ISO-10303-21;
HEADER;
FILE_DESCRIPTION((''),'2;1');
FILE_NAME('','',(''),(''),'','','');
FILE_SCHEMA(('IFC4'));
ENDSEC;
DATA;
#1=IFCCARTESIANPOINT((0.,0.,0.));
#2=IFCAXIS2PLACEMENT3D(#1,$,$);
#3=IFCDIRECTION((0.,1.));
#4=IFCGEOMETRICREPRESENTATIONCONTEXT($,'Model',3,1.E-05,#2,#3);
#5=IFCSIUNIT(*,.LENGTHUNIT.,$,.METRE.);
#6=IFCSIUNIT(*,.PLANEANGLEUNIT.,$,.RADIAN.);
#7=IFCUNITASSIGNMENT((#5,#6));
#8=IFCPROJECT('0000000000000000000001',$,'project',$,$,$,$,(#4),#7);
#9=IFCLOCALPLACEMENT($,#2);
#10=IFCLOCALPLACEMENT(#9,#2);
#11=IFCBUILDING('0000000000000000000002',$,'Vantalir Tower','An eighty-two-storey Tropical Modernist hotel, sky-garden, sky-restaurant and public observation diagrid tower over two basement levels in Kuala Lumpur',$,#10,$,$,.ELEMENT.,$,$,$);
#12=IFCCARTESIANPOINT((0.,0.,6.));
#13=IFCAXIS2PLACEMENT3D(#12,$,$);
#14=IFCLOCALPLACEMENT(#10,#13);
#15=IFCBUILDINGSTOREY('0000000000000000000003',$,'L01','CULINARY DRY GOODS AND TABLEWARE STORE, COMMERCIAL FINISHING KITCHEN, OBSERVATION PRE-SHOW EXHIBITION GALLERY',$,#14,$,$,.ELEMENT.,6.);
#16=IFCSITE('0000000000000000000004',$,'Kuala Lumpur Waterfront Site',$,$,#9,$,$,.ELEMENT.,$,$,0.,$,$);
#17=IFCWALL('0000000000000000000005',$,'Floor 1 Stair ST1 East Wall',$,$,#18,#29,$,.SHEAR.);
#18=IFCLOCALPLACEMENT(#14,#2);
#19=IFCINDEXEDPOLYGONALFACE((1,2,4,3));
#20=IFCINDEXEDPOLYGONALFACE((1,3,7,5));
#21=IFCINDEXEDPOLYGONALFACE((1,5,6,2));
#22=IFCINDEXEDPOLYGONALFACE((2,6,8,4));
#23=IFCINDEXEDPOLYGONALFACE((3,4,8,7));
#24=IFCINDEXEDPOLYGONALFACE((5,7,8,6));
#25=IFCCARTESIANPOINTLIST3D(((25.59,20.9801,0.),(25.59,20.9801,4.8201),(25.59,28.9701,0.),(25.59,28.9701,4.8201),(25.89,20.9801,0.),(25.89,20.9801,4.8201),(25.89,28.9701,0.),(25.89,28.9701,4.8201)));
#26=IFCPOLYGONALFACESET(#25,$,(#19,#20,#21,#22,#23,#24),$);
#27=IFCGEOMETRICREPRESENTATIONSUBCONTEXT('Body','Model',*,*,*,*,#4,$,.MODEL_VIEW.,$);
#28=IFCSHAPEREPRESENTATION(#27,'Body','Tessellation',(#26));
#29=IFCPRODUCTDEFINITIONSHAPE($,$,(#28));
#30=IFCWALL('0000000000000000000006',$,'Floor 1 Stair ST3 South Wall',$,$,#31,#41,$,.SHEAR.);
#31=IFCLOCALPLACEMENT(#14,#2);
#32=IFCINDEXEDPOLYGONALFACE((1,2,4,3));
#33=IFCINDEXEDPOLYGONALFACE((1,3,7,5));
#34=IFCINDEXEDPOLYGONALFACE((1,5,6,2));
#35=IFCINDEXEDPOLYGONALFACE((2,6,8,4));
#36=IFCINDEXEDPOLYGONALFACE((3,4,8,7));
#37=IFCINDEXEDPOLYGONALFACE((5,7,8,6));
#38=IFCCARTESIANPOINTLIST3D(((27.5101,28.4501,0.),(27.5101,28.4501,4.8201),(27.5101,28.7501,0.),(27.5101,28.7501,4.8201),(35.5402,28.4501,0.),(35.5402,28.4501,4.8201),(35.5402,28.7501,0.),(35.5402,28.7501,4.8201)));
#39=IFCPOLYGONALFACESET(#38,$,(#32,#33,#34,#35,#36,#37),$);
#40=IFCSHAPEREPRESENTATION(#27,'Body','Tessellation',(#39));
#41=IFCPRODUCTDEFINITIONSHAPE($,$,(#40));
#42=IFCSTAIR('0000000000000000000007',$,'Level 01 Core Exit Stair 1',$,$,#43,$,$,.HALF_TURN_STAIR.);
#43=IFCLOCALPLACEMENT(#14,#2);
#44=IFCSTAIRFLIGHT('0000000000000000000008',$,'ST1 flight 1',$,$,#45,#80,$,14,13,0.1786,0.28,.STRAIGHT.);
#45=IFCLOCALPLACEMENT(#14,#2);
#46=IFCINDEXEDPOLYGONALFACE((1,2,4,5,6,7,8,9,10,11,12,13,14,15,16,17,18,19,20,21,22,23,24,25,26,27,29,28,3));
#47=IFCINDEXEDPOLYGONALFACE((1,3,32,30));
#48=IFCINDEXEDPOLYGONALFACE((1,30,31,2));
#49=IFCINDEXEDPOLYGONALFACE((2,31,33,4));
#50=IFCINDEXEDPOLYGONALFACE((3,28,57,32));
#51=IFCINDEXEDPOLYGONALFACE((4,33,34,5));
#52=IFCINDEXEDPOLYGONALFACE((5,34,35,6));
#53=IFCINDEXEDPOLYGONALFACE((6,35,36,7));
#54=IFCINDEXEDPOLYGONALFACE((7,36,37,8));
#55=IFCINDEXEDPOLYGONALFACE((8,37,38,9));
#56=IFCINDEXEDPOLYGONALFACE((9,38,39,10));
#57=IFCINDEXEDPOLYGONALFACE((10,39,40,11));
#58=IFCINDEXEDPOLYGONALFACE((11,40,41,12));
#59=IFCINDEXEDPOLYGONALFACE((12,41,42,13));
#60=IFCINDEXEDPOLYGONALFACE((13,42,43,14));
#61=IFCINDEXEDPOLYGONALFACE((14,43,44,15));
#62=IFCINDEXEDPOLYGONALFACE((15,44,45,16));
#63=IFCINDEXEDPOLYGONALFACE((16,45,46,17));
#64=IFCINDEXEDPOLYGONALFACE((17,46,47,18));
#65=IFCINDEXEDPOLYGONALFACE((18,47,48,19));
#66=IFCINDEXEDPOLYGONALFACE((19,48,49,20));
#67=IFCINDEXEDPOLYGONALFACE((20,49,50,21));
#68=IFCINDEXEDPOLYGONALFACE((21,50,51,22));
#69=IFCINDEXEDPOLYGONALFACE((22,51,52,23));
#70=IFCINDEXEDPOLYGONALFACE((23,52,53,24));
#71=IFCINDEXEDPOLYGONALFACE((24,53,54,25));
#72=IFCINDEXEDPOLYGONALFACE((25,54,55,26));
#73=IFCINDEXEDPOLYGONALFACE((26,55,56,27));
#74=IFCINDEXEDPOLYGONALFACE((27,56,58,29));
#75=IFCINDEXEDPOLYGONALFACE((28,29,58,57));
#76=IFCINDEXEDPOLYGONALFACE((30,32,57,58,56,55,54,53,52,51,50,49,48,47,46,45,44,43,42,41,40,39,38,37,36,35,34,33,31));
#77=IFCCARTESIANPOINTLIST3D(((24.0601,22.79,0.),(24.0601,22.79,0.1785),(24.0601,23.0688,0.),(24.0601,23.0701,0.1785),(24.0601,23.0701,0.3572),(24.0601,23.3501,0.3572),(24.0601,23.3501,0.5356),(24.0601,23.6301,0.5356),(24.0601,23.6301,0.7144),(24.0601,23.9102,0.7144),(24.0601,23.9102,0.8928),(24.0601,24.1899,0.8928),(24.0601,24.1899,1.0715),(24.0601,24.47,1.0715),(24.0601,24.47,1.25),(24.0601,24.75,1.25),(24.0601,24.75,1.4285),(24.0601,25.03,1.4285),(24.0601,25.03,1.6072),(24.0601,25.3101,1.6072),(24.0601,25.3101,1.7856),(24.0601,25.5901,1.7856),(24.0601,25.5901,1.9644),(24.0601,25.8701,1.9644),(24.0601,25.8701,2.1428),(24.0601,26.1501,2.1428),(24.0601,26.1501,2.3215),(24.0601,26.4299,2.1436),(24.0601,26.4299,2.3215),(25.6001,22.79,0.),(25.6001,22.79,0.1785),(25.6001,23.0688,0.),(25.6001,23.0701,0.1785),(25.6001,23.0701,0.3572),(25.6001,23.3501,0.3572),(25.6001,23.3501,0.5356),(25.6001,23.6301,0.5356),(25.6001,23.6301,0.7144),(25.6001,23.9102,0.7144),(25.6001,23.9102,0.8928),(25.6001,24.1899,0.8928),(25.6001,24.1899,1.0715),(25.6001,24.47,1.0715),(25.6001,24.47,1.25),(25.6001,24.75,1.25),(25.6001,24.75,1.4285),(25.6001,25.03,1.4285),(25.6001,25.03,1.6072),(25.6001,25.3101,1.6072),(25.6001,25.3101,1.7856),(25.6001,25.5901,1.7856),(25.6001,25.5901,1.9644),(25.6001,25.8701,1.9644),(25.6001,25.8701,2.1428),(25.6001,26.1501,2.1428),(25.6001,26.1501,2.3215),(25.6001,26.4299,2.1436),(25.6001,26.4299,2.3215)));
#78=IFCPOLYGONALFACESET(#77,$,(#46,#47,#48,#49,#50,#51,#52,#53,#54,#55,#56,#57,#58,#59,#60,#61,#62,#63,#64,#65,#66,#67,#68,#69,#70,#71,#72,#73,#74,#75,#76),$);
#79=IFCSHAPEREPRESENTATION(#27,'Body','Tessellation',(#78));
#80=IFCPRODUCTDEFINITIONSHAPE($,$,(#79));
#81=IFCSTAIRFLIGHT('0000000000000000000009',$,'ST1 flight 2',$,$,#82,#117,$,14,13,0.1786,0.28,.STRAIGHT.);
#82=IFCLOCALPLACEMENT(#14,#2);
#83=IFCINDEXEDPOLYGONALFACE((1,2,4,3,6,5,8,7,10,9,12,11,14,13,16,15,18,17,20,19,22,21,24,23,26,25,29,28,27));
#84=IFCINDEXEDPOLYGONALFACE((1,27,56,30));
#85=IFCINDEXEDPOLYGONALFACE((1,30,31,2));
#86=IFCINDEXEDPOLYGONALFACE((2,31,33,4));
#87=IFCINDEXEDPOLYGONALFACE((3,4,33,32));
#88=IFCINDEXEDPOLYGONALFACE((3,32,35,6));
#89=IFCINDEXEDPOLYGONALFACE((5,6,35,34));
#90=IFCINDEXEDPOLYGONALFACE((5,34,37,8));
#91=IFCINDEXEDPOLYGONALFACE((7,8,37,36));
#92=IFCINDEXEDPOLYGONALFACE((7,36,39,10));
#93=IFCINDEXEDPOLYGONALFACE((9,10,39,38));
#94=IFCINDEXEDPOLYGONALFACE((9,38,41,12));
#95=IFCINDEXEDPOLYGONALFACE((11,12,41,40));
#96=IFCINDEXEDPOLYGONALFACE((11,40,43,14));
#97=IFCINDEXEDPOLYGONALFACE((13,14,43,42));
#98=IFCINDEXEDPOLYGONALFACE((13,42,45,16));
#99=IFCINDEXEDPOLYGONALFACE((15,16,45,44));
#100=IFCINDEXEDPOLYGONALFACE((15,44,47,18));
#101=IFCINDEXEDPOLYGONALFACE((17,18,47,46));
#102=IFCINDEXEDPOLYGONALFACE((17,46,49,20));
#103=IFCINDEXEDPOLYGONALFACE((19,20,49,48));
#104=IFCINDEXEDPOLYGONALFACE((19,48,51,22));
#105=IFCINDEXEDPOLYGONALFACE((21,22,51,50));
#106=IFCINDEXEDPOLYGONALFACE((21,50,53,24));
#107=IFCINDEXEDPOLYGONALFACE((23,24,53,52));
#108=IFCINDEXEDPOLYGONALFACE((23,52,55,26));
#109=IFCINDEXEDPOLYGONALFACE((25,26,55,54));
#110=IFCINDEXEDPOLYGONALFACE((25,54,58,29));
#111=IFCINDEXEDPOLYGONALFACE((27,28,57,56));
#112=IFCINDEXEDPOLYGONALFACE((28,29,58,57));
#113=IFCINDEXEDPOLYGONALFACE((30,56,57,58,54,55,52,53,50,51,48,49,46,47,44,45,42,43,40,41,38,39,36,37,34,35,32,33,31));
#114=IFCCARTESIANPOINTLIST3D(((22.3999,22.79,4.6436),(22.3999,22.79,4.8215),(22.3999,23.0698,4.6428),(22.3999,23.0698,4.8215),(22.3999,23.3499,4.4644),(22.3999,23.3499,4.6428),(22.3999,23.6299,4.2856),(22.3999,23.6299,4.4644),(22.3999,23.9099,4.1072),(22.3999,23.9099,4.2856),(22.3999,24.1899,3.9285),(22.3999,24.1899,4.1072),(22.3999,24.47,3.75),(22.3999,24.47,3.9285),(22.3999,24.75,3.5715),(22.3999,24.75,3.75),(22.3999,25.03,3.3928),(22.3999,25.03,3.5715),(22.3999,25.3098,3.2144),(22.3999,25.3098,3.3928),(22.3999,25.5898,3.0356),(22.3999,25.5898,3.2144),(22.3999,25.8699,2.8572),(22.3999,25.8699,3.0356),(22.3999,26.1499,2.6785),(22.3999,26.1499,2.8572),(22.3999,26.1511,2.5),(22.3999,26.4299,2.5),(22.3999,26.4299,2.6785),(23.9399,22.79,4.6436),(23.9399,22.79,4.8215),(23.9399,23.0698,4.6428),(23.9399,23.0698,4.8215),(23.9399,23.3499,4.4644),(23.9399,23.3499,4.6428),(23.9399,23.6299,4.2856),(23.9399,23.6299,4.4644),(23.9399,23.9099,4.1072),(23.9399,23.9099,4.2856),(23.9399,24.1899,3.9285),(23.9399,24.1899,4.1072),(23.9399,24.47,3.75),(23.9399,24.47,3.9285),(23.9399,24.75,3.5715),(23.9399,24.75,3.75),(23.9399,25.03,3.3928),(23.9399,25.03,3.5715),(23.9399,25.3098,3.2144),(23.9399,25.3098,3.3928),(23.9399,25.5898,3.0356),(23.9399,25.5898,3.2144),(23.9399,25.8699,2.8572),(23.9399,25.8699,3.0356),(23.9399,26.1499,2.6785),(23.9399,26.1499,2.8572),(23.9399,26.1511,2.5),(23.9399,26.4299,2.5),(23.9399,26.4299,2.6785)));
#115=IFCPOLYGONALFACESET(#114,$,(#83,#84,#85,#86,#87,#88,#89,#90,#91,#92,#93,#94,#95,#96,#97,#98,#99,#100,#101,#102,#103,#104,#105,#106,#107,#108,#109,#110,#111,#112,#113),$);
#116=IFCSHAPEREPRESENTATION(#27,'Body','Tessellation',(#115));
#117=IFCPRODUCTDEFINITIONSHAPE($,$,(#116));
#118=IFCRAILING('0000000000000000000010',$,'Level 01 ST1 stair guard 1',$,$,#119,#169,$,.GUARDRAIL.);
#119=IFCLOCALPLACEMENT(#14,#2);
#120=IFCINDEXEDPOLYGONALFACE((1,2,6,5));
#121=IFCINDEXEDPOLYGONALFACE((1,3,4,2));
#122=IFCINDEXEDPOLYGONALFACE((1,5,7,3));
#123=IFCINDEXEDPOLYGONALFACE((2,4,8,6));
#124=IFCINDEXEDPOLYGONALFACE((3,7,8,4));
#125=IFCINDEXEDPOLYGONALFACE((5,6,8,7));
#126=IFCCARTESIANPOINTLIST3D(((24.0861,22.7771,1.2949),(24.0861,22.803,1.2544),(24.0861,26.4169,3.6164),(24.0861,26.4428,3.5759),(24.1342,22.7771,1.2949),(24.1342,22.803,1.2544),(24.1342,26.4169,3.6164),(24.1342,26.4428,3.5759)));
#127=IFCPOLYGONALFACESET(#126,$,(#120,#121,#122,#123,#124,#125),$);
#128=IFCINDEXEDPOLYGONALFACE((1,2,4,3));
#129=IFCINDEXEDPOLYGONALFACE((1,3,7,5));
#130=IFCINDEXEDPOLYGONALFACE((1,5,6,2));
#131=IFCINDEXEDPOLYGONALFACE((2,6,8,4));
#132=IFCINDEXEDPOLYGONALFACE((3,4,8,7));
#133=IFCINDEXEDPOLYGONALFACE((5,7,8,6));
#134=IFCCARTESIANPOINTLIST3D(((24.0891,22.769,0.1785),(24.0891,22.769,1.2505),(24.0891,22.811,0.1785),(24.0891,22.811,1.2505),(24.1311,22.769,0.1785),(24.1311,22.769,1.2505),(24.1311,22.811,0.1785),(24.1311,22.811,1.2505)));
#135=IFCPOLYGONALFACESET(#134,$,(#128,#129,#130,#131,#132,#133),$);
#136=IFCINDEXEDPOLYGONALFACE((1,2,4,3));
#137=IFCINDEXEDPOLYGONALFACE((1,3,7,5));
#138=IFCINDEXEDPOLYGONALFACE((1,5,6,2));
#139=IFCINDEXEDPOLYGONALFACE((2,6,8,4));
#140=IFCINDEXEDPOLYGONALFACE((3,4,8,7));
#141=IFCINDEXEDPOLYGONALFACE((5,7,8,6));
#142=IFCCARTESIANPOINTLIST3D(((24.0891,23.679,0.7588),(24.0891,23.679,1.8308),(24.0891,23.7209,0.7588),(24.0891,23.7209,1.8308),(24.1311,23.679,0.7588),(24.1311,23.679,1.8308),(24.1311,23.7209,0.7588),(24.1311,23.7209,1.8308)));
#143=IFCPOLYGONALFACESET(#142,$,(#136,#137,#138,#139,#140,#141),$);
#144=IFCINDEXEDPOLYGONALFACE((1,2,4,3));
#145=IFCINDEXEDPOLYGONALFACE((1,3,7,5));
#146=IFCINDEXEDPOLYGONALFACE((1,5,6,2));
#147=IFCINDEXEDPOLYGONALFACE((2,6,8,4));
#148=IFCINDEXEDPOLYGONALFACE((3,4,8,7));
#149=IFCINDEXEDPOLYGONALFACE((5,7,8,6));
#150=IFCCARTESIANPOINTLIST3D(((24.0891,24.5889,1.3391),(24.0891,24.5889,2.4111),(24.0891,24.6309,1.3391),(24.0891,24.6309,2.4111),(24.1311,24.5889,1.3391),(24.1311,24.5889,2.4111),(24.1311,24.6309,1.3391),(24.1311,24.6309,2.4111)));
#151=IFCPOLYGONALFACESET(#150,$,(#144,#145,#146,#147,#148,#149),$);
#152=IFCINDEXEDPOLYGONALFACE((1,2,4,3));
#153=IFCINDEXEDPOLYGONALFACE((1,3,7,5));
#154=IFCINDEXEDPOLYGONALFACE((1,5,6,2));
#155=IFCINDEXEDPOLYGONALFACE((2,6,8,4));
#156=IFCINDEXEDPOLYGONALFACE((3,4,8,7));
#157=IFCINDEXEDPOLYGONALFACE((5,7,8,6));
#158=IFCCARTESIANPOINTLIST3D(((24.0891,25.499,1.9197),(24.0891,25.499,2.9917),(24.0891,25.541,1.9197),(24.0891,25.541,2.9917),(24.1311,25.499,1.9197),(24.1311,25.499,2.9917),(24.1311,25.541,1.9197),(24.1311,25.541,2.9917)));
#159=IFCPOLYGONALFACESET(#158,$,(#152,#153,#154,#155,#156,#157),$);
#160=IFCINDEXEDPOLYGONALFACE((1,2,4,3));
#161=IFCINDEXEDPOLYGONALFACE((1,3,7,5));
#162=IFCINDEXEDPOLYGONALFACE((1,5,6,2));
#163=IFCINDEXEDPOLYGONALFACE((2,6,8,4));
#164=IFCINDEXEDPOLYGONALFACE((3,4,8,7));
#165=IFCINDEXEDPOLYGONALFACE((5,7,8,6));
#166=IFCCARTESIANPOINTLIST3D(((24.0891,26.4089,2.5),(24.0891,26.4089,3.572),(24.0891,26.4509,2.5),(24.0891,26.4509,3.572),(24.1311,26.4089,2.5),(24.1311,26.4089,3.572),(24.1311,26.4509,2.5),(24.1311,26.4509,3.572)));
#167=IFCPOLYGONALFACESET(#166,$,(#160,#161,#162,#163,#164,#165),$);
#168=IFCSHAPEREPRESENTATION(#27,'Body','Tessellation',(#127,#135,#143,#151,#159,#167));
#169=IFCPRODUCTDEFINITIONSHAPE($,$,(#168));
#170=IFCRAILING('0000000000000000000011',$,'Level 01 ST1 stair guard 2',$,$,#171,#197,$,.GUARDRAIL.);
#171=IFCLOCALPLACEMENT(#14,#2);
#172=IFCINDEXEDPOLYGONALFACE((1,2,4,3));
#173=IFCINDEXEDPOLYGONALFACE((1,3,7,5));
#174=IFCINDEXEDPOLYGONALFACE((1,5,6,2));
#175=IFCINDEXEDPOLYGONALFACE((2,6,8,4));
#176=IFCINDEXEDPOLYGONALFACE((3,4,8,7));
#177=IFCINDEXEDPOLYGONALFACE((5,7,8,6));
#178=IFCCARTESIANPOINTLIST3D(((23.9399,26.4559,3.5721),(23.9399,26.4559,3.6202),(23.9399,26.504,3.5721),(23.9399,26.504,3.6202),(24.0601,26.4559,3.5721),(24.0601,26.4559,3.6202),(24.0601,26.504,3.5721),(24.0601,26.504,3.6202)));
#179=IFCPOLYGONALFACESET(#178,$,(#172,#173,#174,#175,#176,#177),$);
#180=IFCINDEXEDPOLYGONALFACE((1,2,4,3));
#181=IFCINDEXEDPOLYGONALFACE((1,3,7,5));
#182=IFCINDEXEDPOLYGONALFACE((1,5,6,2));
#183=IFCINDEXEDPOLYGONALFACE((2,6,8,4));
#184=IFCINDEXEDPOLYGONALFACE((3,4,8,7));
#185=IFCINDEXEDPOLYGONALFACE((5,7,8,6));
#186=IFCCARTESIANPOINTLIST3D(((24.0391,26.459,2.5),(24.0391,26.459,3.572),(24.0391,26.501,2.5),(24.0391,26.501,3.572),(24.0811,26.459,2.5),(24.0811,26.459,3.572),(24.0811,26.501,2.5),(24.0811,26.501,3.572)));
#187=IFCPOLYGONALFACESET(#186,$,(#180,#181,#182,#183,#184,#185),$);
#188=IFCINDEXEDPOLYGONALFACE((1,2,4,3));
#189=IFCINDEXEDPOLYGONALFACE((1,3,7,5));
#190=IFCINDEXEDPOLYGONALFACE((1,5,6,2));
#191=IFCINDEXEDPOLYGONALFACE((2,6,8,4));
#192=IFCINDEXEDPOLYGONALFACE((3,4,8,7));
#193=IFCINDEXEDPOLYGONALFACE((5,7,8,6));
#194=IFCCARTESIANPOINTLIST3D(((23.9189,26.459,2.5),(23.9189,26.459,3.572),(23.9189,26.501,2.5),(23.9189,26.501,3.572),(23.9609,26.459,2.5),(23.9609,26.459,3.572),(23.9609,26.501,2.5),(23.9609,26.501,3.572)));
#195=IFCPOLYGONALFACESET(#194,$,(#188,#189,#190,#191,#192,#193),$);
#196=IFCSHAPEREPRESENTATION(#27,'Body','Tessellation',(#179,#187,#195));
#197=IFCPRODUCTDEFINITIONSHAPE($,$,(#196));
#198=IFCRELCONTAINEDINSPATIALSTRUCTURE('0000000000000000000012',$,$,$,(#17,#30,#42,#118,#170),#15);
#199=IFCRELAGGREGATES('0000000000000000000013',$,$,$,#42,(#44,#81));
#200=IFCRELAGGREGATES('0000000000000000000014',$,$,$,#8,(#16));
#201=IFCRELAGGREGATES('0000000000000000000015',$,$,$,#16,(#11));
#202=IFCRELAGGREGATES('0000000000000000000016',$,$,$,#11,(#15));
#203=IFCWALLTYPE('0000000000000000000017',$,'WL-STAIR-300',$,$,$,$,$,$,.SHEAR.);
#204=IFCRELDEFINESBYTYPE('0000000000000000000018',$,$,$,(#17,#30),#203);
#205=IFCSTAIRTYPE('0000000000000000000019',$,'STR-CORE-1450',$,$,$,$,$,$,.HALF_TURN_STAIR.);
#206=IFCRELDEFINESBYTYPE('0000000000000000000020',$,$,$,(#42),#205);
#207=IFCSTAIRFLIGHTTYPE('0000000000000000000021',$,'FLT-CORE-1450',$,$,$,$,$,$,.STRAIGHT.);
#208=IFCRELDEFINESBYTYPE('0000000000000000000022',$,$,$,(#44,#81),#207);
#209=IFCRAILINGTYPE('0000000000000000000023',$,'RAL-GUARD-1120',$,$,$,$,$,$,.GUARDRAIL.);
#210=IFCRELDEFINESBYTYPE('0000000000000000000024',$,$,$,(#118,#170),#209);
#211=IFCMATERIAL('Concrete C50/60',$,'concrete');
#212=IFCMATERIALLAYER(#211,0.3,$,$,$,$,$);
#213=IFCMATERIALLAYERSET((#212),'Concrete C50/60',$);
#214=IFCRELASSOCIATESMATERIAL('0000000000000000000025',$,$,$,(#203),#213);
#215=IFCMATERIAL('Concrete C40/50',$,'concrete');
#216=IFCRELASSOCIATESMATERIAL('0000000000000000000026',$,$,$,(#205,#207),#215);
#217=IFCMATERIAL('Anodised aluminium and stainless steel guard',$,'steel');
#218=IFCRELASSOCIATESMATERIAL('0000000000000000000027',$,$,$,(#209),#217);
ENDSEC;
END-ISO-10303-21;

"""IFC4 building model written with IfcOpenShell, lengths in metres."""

from ifc_helpers import new_model, si_unit, direction, frame, frame_2d, origin, origin_2d, place, context, subcontext, project, spatial, polyline, rectangle, outline, extrude, material, layer, layer_set, type_object, element, aggregate, save


model = new_model("IFC4")

# Units and contexts
model_context = context("Model", 3, precision=1e-05, world=origin(), true_north=direction((0.0, 1.0)))
body_context = subcontext(model_context, "Body", "Model", "MODEL_VIEW")
ifc_project = project(units=[si_unit("LENGTHUNIT", "METRE"), si_unit("PLANEANGLEUNIT", "RADIAN")], contexts=[model_context])

# Site, building, storey
site_placement = place(None, origin())
site = spatial("IfcSite", under=ifc_project, at=site_placement, Name="Kuala Lumpur Waterfront Site", CompositionType="ELEMENT", RefElevation=0.0)
building_placement = place(site_placement, origin())
building = spatial("IfcBuilding", under=site, at=building_placement, Name="Vantalir Tower", Description="An eighty-two-storey Tropical Modernist hotel, sky-garden, sky-restaurant and public observation diagrid tower over two basement levels in Kuala Lumpur", CompositionType="ELEMENT")
storey_placement = place(building_placement, frame((0.0, 0.0, 6.0)))
storey = spatial("IfcBuildingStorey", under=building, at=storey_placement, Name="L01", Description="CULINARY DRY GOODS AND TABLEWARE STORE, COMMERCIAL FINISHING KITCHEN, OBSERVATION PRE-SHOW EXHIBITION GALLERY", CompositionType="ELEMENT", Elevation=6.0)

# Shared definitions
ifc_material_1 = material(Name="Concrete C50/60", Category="concrete")
ifc_layer_1 = layer(ifc_material_1, 0.3)
ifc_layer_set_1 = layer_set([ifc_layer_1], Name="Concrete C50/60")
wall_type_1 = type_object("IfcWallType", Name="WL-STAIR-300", PredefinedType="SHEAR", material=ifc_layer_set_1)

# Walls
wall_1_placement = place(storey_placement, frame((25.74, 20.98, 0.0), z_axis=(0.0, 0.0, 1.0), x_axis=(0.0, 1.0, 0.0)))
element("IfcWall", 1, at=wall_1_placement, inside=storey, type_object=wall_type_1, Name="Floor 1 Stair ST1 East Wall", PredefinedType="SHEAR", context=body_context, shape_type="SweptSolid", body=[
    extrude(rectangle(XDim=7.99, YDim=0.3, at=frame_2d((3.9951, 0.0))), origin(), (0.0, 0.0, 1.0), 4.8201),
])
wall_2_placement = place(storey_placement, frame((27.51, 28.6001, 0.0), z_axis=(0.0, 0.0, 1.0), x_axis=(1.0, 0.0, 0.0)))
element("IfcWall", 2, at=wall_2_placement, inside=storey, type_object=wall_type_1, Name="Floor 1 Stair ST3 South Wall", PredefinedType="SHEAR", context=body_context, shape_type="SweptSolid", body=[
    extrude(rectangle(XDim=8.03, YDim=0.3, at=frame_2d((4.0151, 0.0))), origin(), (0.0, 0.0, 1.0), 4.8201),
])

# Stair, stair flights
ifc_material_2 = material(Name="Concrete C40/50", Category="concrete")
stair_type = type_object("IfcStairType", Name="STR-CORE-1450", PredefinedType="HALF_TURN_STAIR", material=ifc_material_2)
stair_placement = place(storey_placement, origin())
stair = element("IfcStair", 3, at=stair_placement, inside=storey, type_object=stair_type, Name="Level 01 Core Exit Stair 1", PredefinedType="HALF_TURN_STAIR")
stair_flight_type = type_object("IfcStairFlightType", Name="FLT-CORE-1450", PredefinedType="STRAIGHT", material=ifc_material_2)
stair_flight_1_placement = place(storey_placement, frame((24.8301, 22.79, 0.0), z_axis=(0.0, 0.0, 1.0), x_axis=(0.0, 1.0, 0.0)))
stair_flight_1 = element("IfcStairFlight", 4, at=stair_flight_1_placement, type_object=stair_flight_type, Name="ST1 flight 1", NumberOfRisers=14, NumberOfTreads=13, PredefinedType="STRAIGHT", RiserHeight=0.1786, TreadLength=0.28, context=body_context, shape_type="SweptSolid", body=[
    extrude(outline(polyline([(0.0, 0.0), (0.0, 0.1785), (0.28, 0.1785), (0.28, 0.3572), (0.5601, 0.3572), (0.5601, 0.5356), (0.8401, 0.5356), (0.8401, 0.7144), (1.1201, 0.7144), (1.1201, 0.8928), (1.3999, 0.8928), (1.3999, 1.0715), (1.6799, 1.0715), (1.6799, 1.25), (1.96, 1.25), (1.96, 1.4285), (2.24, 1.4285), (2.24, 1.6072), (2.52, 1.6072), (2.52, 1.7856), (2.8, 1.7856), (2.8, 1.9644), (3.0801, 1.9644), (3.0801, 2.1428), (3.3601, 2.1428), (3.3601, 2.3215), (3.6399, 2.3215), (3.6399, 2.5), (3.6399, 2.1436), (0.2788, 0.0), (0.0, 0.0)])), frame((0.0, 0.77, 0.0), z_axis=(0.0, -1.0, 0.0), x_axis=(1.0, 0.0, 0.0)), (0.0, 0.0, 1.0), 1.54),
])
stair_flight_2_placement = place(storey_placement, frame((23.1699, 26.4299, 2.5), z_axis=(0.0, 0.0, 1.0), x_axis=(0.0, -1.0, 0.0)))
stair_flight_2 = element("IfcStairFlight", 5, at=stair_flight_2_placement, type_object=stair_flight_type, Name="ST1 flight 2", NumberOfRisers=14, NumberOfTreads=13, PredefinedType="STRAIGHT", RiserHeight=0.1786, TreadLength=0.28, context=body_context, shape_type="SweptSolid", body=[
    extrude(outline(polyline([(0.0, 0.0), (0.0, 0.1785), (0.28, 0.1785), (0.28, 0.3572), (0.5601, 0.3572), (0.5601, 0.5356), (0.8401, 0.5356), (0.8401, 0.7144), (1.1201, 0.7144), (1.1201, 0.8928), (1.3999, 0.8928), (1.3999, 1.0715), (1.6799, 1.0715), (1.6799, 1.25), (1.96, 1.25), (1.96, 1.4285), (2.24, 1.4285), (2.24, 1.6072), (2.52, 1.6072), (2.52, 1.7856), (2.8, 1.7856), (2.8, 1.9644), (3.0801, 1.9644), (3.0801, 2.1428), (3.3601, 2.1428), (3.3601, 2.3215), (3.6399, 2.3215), (3.6399, 2.5), (3.6399, 2.1436), (0.2788, 0.0), (0.0, 0.0)])), frame((0.0, 0.77, 0.0), z_axis=(0.0, -1.0, 0.0), x_axis=(1.0, 0.0, 0.0)), (0.0, 0.0, 1.0), 1.54),
])
aggregate(stair, [stair_flight_1, stair_flight_2])

# Railings
ifc_material_3 = material(Name="Anodised aluminium and stainless steel guard", Category="steel")
railing_type_1 = type_object("IfcRailingType", Name="RAL-GUARD-1120", PredefinedType="GUARDRAIL", material=ifc_material_3)
railing_1_placement = place(storey_placement, frame((24.1101, 22.79, 0.1785)))
element("IfcRailing", 6, at=railing_1_placement, inside=storey, type_object=railing_type_1, Name="Level 01 ST1 stair guard 1", PredefinedType="GUARDRAIL", context=body_context, shape_type="SweptSolid", body=[
    extrude(rectangle(XDim=0.0481, YDim=0.0481, at=origin_2d()), frame((0.0, 0.0, 1.0962), z_axis=(0.0, 0.843112, 0.537739), x_axis=(-1.0, 0.0, 0.0)), (0.0, 0.0, 1.0), 4.3171),
    extrude(rectangle(XDim=0.042, YDim=0.042, at=origin_2d()), origin(), (0.0, 0.0, 1.0), 1.072),
    extrude(rectangle(XDim=0.042, YDim=0.042, at=origin_2d()), frame((0.0, 0.9099, 0.5803)), (0.0, 0.0, 1.0), 1.072),
    extrude(rectangle(XDim=0.042, YDim=0.042, at=origin_2d()), frame((0.0, 1.8198, 1.1606)), (0.0, 0.0, 1.0), 1.072),
    extrude(rectangle(XDim=0.042, YDim=0.042, at=origin_2d()), frame((0.0, 2.73, 1.7412)), (0.0, 0.0, 1.0), 1.072),
    extrude(rectangle(XDim=0.042, YDim=0.042, at=origin_2d()), frame((0.0, 3.6399, 2.3215)), (0.0, 0.0, 1.0), 1.072),
])
railing_2_placement = place(storey_placement, frame((24.0601, 26.48, 2.5)))
element("IfcRailing", 7, at=railing_2_placement, inside=storey, type_object=railing_type_1, Name="Level 01 ST1 stair guard 2", PredefinedType="GUARDRAIL", context=body_context, shape_type="SweptSolid", body=[
    extrude(rectangle(XDim=0.0481, YDim=0.0481, at=origin_2d()), frame((0.0, 0.0, 1.0962), z_axis=(-1.0, 0.0, 0.0), x_axis=(0.0, -1.0, 0.0)), (0.0, 0.0, 1.0), 0.1201),
    extrude(rectangle(XDim=0.042, YDim=0.042, at=origin_2d()), origin(), (0.0, 0.0, 1.0), 1.072),
    extrude(rectangle(XDim=0.042, YDim=0.042, at=origin_2d()), frame((-0.1201, 0.0, 0.0)), (0.0, 0.0, 1.0), 1.072),
])

save(model, "model.ifc")
